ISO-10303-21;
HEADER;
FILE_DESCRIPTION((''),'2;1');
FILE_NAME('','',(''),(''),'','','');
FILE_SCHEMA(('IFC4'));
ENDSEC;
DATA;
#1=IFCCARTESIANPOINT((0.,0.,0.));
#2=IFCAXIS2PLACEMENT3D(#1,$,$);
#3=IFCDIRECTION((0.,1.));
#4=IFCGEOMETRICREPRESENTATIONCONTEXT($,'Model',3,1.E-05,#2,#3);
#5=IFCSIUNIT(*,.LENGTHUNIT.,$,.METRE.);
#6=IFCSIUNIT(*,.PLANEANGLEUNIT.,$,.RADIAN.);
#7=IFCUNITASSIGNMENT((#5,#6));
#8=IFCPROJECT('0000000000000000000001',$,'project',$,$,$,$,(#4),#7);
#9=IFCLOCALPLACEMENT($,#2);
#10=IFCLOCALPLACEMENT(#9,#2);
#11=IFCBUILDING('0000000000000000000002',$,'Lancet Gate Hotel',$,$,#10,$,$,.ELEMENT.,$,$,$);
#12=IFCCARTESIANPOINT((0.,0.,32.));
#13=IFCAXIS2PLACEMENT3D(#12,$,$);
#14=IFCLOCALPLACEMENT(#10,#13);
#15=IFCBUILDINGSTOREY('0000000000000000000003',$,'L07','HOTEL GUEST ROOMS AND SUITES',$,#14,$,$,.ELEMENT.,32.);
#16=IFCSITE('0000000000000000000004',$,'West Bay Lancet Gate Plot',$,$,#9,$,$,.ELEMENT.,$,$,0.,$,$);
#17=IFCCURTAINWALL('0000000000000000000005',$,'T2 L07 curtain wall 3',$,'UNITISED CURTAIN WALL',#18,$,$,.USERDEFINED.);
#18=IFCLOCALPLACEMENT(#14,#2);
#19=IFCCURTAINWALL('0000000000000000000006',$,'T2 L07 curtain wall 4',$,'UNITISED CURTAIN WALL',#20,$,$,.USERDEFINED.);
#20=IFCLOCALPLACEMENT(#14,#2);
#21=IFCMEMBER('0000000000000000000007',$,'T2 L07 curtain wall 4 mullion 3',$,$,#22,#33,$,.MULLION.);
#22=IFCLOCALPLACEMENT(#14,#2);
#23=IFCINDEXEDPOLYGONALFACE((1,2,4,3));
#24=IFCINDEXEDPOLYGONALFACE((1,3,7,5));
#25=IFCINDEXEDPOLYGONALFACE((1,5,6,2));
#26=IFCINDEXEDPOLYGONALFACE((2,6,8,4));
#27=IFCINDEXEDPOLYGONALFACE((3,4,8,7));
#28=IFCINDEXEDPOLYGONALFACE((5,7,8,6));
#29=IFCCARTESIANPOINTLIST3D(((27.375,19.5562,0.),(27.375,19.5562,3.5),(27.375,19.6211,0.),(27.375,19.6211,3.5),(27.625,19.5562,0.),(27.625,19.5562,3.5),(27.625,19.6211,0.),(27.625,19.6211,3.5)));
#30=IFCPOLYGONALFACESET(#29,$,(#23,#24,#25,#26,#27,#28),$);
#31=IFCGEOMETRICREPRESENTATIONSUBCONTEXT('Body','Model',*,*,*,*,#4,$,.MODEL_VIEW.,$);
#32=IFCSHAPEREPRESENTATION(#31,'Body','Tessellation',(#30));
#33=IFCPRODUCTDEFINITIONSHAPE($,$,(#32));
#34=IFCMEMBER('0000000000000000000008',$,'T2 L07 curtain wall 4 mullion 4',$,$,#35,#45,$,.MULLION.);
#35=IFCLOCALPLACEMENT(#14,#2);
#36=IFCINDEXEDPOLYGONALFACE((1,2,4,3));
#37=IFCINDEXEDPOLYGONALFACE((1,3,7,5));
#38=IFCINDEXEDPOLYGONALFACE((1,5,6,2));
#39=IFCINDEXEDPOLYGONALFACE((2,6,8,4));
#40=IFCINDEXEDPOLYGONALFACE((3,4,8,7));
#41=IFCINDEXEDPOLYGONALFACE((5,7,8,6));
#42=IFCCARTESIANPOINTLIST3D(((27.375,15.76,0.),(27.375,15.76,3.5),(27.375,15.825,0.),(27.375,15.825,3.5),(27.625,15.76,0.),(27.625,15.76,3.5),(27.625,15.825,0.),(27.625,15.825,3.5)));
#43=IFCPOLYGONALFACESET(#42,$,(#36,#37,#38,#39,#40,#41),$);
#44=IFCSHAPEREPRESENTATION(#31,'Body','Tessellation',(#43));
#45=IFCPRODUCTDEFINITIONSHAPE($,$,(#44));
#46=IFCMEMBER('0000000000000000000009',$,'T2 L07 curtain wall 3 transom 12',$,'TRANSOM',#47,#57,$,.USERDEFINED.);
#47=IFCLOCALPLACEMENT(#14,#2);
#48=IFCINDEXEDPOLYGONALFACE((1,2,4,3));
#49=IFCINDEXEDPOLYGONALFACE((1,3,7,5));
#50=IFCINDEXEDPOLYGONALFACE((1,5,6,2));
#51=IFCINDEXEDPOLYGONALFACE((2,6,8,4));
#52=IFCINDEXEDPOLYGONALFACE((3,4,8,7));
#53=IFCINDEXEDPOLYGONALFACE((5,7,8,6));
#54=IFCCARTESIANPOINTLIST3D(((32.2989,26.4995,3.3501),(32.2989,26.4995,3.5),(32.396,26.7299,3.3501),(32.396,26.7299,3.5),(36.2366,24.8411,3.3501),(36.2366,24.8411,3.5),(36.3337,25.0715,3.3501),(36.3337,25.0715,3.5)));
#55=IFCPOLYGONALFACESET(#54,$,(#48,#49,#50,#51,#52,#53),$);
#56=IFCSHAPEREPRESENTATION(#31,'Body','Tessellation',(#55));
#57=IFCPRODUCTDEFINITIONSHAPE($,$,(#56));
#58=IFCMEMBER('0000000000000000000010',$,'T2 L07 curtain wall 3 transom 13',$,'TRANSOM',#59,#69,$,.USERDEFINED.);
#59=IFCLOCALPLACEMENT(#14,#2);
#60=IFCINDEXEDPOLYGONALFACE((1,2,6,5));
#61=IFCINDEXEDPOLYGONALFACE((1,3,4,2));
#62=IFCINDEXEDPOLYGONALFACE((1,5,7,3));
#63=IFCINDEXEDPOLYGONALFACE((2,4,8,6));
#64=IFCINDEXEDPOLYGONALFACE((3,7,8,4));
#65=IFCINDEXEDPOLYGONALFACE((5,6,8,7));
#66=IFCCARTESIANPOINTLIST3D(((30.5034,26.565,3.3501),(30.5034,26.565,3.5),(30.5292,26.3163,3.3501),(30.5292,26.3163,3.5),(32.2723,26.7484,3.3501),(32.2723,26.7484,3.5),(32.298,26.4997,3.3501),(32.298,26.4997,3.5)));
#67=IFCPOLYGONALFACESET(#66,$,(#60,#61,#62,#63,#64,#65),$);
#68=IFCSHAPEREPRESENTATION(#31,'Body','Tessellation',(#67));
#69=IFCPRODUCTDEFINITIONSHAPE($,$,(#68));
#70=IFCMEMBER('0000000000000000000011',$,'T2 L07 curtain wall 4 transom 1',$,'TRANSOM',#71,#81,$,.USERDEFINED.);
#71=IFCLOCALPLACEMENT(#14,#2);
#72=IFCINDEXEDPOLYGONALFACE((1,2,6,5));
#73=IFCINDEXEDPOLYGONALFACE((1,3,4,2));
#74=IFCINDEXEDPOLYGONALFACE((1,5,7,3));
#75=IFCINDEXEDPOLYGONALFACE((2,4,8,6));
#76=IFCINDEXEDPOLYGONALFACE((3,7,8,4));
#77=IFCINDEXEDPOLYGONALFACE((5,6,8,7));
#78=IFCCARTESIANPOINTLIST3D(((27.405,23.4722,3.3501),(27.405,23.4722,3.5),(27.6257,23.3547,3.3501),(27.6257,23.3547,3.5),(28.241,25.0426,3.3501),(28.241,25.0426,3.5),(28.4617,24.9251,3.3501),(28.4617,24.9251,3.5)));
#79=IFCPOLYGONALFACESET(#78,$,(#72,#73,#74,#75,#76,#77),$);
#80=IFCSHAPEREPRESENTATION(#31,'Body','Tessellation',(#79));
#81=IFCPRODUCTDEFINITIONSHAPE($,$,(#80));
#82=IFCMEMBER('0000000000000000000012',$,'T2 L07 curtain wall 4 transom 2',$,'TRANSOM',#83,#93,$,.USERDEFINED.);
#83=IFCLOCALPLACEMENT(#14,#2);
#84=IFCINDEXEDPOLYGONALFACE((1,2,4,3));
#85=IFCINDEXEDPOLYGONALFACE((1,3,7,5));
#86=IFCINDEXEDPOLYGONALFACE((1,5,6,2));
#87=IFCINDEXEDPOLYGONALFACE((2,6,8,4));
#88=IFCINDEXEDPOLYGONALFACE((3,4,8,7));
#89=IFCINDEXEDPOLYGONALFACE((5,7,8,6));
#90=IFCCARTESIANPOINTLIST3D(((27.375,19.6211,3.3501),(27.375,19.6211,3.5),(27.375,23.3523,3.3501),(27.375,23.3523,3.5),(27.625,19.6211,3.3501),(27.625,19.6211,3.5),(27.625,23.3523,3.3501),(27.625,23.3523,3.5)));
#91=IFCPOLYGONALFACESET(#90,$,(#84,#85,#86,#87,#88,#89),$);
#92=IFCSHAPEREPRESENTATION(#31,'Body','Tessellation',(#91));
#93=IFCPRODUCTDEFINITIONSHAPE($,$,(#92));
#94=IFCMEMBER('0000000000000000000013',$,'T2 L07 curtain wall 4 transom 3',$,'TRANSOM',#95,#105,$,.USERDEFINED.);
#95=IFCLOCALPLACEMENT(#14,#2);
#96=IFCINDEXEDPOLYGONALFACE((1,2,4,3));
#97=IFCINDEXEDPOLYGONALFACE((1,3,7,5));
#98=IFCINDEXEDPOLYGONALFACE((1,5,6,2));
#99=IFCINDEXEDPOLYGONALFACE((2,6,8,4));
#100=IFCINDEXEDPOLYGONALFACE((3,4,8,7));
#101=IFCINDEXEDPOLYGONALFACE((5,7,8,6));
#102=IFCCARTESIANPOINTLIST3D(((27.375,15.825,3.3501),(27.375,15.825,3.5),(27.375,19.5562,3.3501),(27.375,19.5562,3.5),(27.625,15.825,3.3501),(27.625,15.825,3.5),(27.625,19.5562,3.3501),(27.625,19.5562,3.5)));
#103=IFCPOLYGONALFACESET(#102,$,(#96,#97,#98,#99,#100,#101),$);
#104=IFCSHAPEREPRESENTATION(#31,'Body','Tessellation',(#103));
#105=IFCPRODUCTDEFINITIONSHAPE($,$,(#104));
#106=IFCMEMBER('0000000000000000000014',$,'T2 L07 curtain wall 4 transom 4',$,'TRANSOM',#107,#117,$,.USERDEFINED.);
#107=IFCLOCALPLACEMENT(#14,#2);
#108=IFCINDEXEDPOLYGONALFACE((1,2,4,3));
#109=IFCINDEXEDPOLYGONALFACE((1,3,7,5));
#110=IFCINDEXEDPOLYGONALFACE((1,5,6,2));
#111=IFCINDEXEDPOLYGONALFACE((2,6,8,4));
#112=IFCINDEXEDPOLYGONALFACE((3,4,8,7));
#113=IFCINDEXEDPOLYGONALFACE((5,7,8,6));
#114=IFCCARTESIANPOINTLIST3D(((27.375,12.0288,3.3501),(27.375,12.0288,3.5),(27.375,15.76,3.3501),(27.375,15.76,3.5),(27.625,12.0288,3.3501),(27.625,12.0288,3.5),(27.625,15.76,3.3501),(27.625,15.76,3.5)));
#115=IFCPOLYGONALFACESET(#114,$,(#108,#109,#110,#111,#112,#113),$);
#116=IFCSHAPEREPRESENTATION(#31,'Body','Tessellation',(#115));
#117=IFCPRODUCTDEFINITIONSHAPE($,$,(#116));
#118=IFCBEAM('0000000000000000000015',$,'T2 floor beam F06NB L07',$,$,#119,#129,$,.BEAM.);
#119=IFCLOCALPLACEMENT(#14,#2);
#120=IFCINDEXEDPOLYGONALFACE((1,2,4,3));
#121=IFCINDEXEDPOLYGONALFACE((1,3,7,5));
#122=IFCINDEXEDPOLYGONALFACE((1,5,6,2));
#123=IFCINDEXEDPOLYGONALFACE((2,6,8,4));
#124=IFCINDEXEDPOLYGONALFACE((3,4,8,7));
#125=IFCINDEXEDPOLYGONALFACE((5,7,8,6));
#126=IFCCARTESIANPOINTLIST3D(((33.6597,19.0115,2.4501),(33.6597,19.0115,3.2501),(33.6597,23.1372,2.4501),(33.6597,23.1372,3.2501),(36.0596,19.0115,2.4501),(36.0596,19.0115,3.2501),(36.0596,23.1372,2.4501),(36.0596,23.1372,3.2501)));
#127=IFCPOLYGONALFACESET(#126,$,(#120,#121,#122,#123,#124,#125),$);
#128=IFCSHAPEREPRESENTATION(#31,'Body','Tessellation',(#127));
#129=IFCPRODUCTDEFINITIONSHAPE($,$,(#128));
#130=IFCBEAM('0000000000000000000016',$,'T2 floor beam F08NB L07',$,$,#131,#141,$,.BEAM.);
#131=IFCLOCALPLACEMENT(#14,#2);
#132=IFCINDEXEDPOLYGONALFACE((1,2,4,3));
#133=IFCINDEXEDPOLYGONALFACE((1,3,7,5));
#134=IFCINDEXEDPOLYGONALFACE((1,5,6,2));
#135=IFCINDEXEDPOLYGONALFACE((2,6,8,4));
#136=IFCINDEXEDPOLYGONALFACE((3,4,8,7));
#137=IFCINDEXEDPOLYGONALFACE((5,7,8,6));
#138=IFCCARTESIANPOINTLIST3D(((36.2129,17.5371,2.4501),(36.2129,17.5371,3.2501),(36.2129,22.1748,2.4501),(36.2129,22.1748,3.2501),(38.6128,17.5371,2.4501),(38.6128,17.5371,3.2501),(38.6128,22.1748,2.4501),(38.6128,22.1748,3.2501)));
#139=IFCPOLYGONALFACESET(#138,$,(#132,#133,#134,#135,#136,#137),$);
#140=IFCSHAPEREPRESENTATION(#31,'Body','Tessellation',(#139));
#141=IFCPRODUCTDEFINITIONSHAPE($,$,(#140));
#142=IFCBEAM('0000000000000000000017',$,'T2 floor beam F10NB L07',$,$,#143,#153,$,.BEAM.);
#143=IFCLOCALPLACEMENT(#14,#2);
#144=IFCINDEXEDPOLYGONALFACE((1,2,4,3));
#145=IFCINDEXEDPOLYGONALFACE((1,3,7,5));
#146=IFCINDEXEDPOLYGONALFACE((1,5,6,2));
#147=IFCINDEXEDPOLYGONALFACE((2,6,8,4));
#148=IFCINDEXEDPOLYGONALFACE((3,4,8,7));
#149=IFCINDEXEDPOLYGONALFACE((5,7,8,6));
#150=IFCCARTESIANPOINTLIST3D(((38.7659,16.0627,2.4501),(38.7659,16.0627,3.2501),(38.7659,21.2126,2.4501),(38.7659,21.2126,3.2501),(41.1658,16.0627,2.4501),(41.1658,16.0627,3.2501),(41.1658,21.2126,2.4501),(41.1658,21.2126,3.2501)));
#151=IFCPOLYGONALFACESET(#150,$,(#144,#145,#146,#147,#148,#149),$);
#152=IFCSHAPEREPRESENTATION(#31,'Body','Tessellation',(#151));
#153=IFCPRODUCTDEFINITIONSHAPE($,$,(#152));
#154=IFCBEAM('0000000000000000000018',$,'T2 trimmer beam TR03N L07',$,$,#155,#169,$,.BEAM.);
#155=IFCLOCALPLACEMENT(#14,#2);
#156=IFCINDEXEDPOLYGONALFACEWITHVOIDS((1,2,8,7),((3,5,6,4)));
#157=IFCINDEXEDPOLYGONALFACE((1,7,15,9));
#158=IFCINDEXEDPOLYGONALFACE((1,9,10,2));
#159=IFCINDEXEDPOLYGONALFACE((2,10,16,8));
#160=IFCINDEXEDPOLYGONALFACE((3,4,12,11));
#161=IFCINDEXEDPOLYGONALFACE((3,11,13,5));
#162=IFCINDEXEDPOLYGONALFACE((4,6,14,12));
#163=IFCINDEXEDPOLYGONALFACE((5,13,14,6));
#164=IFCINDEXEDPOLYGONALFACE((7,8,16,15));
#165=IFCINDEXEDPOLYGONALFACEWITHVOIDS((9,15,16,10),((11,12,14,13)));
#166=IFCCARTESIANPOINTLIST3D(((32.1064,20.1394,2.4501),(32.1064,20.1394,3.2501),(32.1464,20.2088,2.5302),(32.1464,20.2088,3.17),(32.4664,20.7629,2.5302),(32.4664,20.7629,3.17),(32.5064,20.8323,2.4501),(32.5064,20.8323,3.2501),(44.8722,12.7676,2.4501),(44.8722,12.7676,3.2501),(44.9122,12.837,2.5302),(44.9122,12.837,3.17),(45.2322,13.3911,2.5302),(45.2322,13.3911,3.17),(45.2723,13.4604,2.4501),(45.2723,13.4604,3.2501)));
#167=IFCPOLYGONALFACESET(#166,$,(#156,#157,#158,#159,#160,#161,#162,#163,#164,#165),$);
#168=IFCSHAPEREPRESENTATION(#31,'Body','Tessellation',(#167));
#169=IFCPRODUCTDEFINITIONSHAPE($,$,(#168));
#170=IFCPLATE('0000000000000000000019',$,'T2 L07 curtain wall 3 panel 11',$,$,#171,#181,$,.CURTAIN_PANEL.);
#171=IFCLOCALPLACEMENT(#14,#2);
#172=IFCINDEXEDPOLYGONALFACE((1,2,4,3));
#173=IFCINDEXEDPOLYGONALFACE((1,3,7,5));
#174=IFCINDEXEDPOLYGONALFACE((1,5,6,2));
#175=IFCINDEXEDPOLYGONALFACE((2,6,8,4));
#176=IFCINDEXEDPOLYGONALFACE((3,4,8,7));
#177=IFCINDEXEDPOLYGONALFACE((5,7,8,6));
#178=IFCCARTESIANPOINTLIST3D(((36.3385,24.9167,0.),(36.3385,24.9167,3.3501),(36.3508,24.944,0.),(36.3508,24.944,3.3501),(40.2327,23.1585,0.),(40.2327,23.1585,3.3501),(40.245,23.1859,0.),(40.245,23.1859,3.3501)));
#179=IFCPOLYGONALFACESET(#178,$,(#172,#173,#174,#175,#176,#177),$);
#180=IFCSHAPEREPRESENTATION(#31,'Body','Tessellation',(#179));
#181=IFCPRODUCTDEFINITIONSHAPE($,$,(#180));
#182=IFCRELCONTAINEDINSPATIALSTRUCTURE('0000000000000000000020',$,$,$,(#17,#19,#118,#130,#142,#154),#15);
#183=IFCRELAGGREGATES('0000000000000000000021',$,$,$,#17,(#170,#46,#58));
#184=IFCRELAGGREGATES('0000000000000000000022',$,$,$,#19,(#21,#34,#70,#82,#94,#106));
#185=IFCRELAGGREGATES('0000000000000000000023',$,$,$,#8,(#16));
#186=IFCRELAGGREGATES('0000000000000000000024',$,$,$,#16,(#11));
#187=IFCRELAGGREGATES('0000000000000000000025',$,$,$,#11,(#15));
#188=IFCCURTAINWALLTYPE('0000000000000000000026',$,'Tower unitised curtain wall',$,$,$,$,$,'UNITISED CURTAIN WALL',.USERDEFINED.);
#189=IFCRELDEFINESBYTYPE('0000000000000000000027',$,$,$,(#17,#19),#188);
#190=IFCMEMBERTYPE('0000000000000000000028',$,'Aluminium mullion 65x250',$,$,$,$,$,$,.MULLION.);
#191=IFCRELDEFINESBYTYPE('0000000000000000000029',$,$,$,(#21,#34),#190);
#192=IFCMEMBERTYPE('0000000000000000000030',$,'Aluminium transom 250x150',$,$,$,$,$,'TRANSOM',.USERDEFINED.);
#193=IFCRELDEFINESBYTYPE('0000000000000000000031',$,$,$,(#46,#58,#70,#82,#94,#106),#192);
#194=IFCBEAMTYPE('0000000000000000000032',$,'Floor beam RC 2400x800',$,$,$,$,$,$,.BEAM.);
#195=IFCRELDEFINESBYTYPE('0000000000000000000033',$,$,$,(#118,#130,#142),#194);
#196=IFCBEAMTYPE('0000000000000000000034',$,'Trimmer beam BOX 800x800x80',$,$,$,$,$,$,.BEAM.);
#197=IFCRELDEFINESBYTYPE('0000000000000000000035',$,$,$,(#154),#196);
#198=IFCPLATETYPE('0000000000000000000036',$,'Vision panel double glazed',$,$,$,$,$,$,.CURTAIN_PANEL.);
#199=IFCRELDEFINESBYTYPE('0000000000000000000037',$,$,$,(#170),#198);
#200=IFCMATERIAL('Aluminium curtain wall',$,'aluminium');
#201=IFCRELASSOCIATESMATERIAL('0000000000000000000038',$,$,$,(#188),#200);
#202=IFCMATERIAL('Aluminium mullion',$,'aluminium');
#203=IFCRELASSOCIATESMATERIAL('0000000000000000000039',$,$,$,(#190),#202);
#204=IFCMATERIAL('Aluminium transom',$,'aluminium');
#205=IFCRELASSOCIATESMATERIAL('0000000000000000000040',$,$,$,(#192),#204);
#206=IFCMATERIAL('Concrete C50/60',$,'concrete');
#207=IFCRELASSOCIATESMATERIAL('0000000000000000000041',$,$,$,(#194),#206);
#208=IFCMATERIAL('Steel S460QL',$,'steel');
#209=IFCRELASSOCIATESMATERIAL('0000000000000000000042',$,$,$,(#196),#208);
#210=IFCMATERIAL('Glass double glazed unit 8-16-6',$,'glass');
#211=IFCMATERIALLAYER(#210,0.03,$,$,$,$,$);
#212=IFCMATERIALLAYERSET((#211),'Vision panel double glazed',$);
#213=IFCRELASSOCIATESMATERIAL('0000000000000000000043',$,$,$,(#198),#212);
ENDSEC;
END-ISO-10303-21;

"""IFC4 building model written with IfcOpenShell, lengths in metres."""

from ifc_helpers import new_model, si_unit, direction, frame, origin, origin_2d, place, context, subcontext, project, spatial, rectangle, hollow_rectangle, extrude, material, layer, layer_set, material_profile, profile_set, type_object, element, aggregate, save


model = new_model("IFC4")

# Units and contexts
model_context = context("Model", 3, precision=1e-05, world=origin(), true_north=direction((0.0, 1.0)))
body_context = subcontext(model_context, "Body", "Model", "MODEL_VIEW")
ifc_project = project(units=[si_unit("LENGTHUNIT", "METRE"), si_unit("PLANEANGLEUNIT", "RADIAN")], contexts=[model_context])

# Site, building, storey
site_placement = place(None, origin())
site = spatial("IfcSite", under=ifc_project, at=site_placement, Name="West Bay Lancet Gate Plot", CompositionType="ELEMENT", RefElevation=0.0)
building_placement = place(site_placement, origin())
building = spatial("IfcBuilding", under=site, at=building_placement, Name="Lancet Gate Hotel", CompositionType="ELEMENT")
storey_placement = place(building_placement, frame((0.0, 0.0, 32.0)))
storey = spatial("IfcBuildingStorey", under=building, at=storey_placement, Name="L07", Description="HOTEL GUEST ROOMS AND SUITES", CompositionType="ELEMENT", Elevation=32.0)

# Curtain walls, members
ifc_material_1 = material(Name="Aluminium curtain wall", Category="aluminium")
curtain_wall_type = type_object("IfcCurtainWallType", Name="Tower unitised curtain wall", ElementType="UNITISED CURTAIN WALL", PredefinedType="USERDEFINED", material=ifc_material_1)
curtain_wall_1_placement = place(storey_placement, origin())
curtain_wall_1 = element("IfcCurtainWall", 1, at=curtain_wall_1_placement, inside=storey, type_object=curtain_wall_type, Name="T2 L07 curtain wall 3", ObjectType="UNITISED CURTAIN WALL", PredefinedType="USERDEFINED")
ifc_material_2 = material(Name="Aluminium mullion", Category="aluminium")
ifc_material_profile_1 = material_profile(ifc_material_2, rectangle(XDim=0.0649, YDim=0.25, at=origin_2d()), Name="MULLION 65x250")
ifc_profile_set_1 = profile_set([ifc_material_profile_1], Name="Aluminium mullion")
member_type_1 = type_object("IfcMemberType", Name="Aluminium mullion 65x250", PredefinedType="MULLION", material=ifc_profile_set_1)
curtain_wall_2_placement = place(storey_placement, origin())
curtain_wall_2 = element("IfcCurtainWall", 2, at=curtain_wall_2_placement, inside=storey, type_object=curtain_wall_type, Name="T2 L07 curtain wall 4", ObjectType="UNITISED CURTAIN WALL", PredefinedType="USERDEFINED")
member_1_placement = place(storey_placement, frame((27.5, 19.5886, 0.0), z_axis=(0.0, 0.0, 1.0), x_axis=(0.0, -1.0, 0.0)))
member_1 = element("IfcMember", 3, at=member_1_placement, type_object=member_type_1, Name="T2 L07 curtain wall 4 mullion 3", PredefinedType="MULLION", context=body_context, shape_type="SweptSolid", body=[
    extrude(rectangle(XDim=0.0649, YDim=0.25, at=origin_2d()), origin(), (0.0, 0.0, 1.0), 3.5),
])
member_2_placement = place(storey_placement, frame((27.5, 15.7925, 0.0), z_axis=(0.0, 0.0, 1.0), x_axis=(0.0, -1.0, 0.0)))
member_2 = element("IfcMember", 4, at=member_2_placement, type_object=member_type_1, Name="T2 L07 curtain wall 4 mullion 4", PredefinedType="MULLION", context=body_context, shape_type="SweptSolid", body=[
    extrude(rectangle(XDim=0.0649, YDim=0.25, at=origin_2d()), origin(), (0.0, 0.0, 1.0), 3.5),
])

# Members
ifc_material_3 = material(Name="Aluminium transom", Category="aluminium")
ifc_material_profile_2 = material_profile(ifc_material_3, rectangle(XDim=0.25, YDim=0.1499, at=origin_2d()), Name="TRANSOM 250x150")
ifc_profile_set_2 = profile_set([ifc_material_profile_2], Name="Aluminium transom")
member_type_2 = type_object("IfcMemberType", Name="Aluminium transom 250x150", ElementType="TRANSOM", PredefinedType="USERDEFINED", material=ifc_profile_set_2)
member_3_placement = place(storey_placement, frame((36.2852, 24.9563, 3.425), z_axis=(-0.921598, 0.388146, 0.0), x_axis=(-0.388146, -0.921598, 0.0)))
member_3 = element("IfcMember", 5, at=member_3_placement, type_object=member_type_2, Name="T2 L07 curtain wall 3 transom 12", ObjectType="TRANSOM", PredefinedType="USERDEFINED", context=body_context, shape_type="SweptSolid", body=[
    extrude(rectangle(XDim=0.25, YDim=0.1499, at=origin_2d()), origin(), (0.0, 0.0, 1.0), 4.2727),
])
member_4_placement = place(storey_placement, frame((32.2852, 26.624, 3.425), z_axis=(-0.99467, -0.103105, 0.0), x_axis=(0.103105, -0.99467, 0.0)))
member_4 = element("IfcMember", 6, at=member_4_placement, type_object=member_type_2, Name="T2 L07 curtain wall 3 transom 13", ObjectType="TRANSOM", PredefinedType="USERDEFINED", context=body_context, shape_type="SweptSolid", body=[
    extrude(rectangle(XDim=0.25, YDim=0.1499, at=origin_2d()), origin(), (0.0, 0.0, 1.0), 1.7783),
])
member_5_placement = place(storey_placement, frame((28.3513, 24.9839, 3.425), z_axis=(-0.469904, -0.882717, 0.0), x_axis=(0.882717, -0.469904, 0.0)))
member_5 = element("IfcMember", 7, at=member_5_placement, type_object=member_type_2, Name="T2 L07 curtain wall 4 transom 1", ObjectType="TRANSOM", PredefinedType="USERDEFINED", context=body_context, shape_type="SweptSolid", body=[
    extrude(rectangle(XDim=0.25, YDim=0.1499, at=origin_2d()), origin(), (0.0, 0.0, 1.0), 1.7791),
])
member_6_placement = place(storey_placement, frame((27.5, 23.3523, 3.425), z_axis=(0.0, -1.0, 0.0), x_axis=(1.0, 0.0, 0.0)))
member_6 = element("IfcMember", 8, at=member_6_placement, type_object=member_type_2, Name="T2 L07 curtain wall 4 transom 2", ObjectType="TRANSOM", PredefinedType="USERDEFINED", context=body_context, shape_type="SweptSolid", body=[
    extrude(rectangle(XDim=0.25, YDim=0.1499, at=origin_2d()), origin(), (0.0, 0.0, 1.0), 3.7312),
])
member_7_placement = place(storey_placement, frame((27.5, 19.5562, 3.425), z_axis=(0.0, -1.0, 0.0), x_axis=(1.0, 0.0, 0.0)))
member_7 = element("IfcMember", 9, at=member_7_placement, type_object=member_type_2, Name="T2 L07 curtain wall 4 transom 3", ObjectType="TRANSOM", PredefinedType="USERDEFINED", context=body_context, shape_type="SweptSolid", body=[
    extrude(rectangle(XDim=0.25, YDim=0.1499, at=origin_2d()), origin(), (0.0, 0.0, 1.0), 3.7312),
])
member_8_placement = place(storey_placement, frame((27.5, 15.76, 3.425), z_axis=(0.0, -1.0, 0.0), x_axis=(1.0, 0.0, 0.0)))
member_8 = element("IfcMember", 10, at=member_8_placement, type_object=member_type_2, Name="T2 L07 curtain wall 4 transom 4", ObjectType="TRANSOM", PredefinedType="USERDEFINED", context=body_context, shape_type="SweptSolid", body=[
    extrude(rectangle(XDim=0.25, YDim=0.1499, at=origin_2d()), origin(), (0.0, 0.0, 1.0), 3.7312),
])

# Beams
ifc_material_4 = material(Name="Concrete C50/60", Category="concrete")
ifc_material_profile_3 = material_profile(ifc_material_4, rectangle(XDim=2.3999, YDim=0.8, at=origin_2d()), Name="RC 2400x800")
ifc_profile_set_3 = profile_set([ifc_material_profile_3], Name="Concrete C50/60")
beam_type_1 = type_object("IfcBeamType", Name="Floor beam RC 2400x800", PredefinedType="BEAM", material=ifc_profile_set_3)
beam_1_placement = place(storey_placement, frame((34.8596, 19.0115, 2.8501), z_axis=(0.0, 1.0, 0.0), x_axis=(-1.0, 0.0, 0.0)))
element("IfcBeam", 11, at=beam_1_placement, inside=storey, type_object=beam_type_1, Name="T2 floor beam F06NB L07", PredefinedType="BEAM", context=body_context, shape_type="SweptSolid", body=[
    extrude(rectangle(XDim=2.3999, YDim=0.8, at=origin_2d()), origin(), (0.0, 0.0, 1.0), 4.1257),
])
beam_2_placement = place(storey_placement, frame((37.4128, 17.5371, 2.8501), z_axis=(0.0, 1.0, 0.0), x_axis=(-1.0, 0.0, 0.0)))
element("IfcBeam", 12, at=beam_2_placement, inside=storey, type_object=beam_type_1, Name="T2 floor beam F08NB L07", PredefinedType="BEAM", context=body_context, shape_type="SweptSolid", body=[
    extrude(rectangle(XDim=2.3999, YDim=0.8, at=origin_2d()), origin(), (0.0, 0.0, 1.0), 4.6377),
])
beam_3_placement = place(storey_placement, frame((39.9658, 16.0627, 2.8501), z_axis=(0.0, 1.0, 0.0), x_axis=(-1.0, 0.0, 0.0)))
element("IfcBeam", 13, at=beam_3_placement, inside=storey, type_object=beam_type_1, Name="T2 floor beam F10NB L07", PredefinedType="BEAM", context=body_context, shape_type="SweptSolid", body=[
    extrude(rectangle(XDim=2.3999, YDim=0.8, at=origin_2d()), origin(), (0.0, 0.0, 1.0), 5.1499),
])
ifc_material_5 = material(Name="Steel S460QL", Category="steel")
ifc_material_profile_4 = material_profile(ifc_material_5, hollow_rectangle(XDim=0.8, YDim=0.8, WallThickness=0.0801, at=origin_2d()), Name="BOX 800x800x80")
ifc_profile_set_4 = profile_set([ifc_material_profile_4], Name="Steel S460QL")
beam_type_2 = type_object("IfcBeamType", Name="Trimmer beam BOX 800x800x80", PredefinedType="BEAM", material=ifc_profile_set_4)
beam_4_placement = place(storey_placement, frame((32.3064, 20.4858, 2.8501), z_axis=(0.865983, -0.500074, 0.0), x_axis=(0.500074, 0.865983, 0.0)))
element("IfcBeam", 14, at=beam_4_placement, inside=storey, type_object=beam_type_2, Name="T2 trimmer beam TR03N L07", PredefinedType="BEAM", context=body_context, shape_type="SweptSolid", body=[
    extrude(hollow_rectangle(XDim=0.8, YDim=0.8, WallThickness=0.0801, at=origin_2d()), origin(), (0.0, 0.0, 1.0), 14.7415),
])

# Plate
ifc_material_6 = material(Name="Glass double glazed unit 8-16-6", Category="glass")
ifc_layer_1 = layer(ifc_material_6, 0.03)
ifc_layer_set_1 = layer_set([ifc_layer_1], Name="Vision panel double glazed")
plate_type = type_object("IfcPlateType", Name="Vision panel double glazed", PredefinedType="CURTAIN_PANEL", material=ifc_layer_set_1)
plate_1_placement = place(storey_placement, frame((38.2917, 24.0513, 0.0), z_axis=(0.0, 0.0, 1.0), x_axis=(-0.911416, 0.411487, 0.0)))
plate_1 = element("IfcPlate", 15, at=plate_1_placement, type_object=plate_type, Name="T2 L07 curtain wall 3 panel 11", PredefinedType="CURTAIN_PANEL", context=body_context, shape_type="SweptSolid", body=[
    extrude(rectangle(XDim=4.2727, YDim=0.03, at=origin_2d()), origin(), (0.0, 0.0, 1.0), 3.3501),
])
aggregate(curtain_wall_1, [plate_1, member_3, member_4])
aggregate(curtain_wall_2, [member_1, member_2, member_5, member_6, member_7, member_8])

save(model, "model.ifc")
